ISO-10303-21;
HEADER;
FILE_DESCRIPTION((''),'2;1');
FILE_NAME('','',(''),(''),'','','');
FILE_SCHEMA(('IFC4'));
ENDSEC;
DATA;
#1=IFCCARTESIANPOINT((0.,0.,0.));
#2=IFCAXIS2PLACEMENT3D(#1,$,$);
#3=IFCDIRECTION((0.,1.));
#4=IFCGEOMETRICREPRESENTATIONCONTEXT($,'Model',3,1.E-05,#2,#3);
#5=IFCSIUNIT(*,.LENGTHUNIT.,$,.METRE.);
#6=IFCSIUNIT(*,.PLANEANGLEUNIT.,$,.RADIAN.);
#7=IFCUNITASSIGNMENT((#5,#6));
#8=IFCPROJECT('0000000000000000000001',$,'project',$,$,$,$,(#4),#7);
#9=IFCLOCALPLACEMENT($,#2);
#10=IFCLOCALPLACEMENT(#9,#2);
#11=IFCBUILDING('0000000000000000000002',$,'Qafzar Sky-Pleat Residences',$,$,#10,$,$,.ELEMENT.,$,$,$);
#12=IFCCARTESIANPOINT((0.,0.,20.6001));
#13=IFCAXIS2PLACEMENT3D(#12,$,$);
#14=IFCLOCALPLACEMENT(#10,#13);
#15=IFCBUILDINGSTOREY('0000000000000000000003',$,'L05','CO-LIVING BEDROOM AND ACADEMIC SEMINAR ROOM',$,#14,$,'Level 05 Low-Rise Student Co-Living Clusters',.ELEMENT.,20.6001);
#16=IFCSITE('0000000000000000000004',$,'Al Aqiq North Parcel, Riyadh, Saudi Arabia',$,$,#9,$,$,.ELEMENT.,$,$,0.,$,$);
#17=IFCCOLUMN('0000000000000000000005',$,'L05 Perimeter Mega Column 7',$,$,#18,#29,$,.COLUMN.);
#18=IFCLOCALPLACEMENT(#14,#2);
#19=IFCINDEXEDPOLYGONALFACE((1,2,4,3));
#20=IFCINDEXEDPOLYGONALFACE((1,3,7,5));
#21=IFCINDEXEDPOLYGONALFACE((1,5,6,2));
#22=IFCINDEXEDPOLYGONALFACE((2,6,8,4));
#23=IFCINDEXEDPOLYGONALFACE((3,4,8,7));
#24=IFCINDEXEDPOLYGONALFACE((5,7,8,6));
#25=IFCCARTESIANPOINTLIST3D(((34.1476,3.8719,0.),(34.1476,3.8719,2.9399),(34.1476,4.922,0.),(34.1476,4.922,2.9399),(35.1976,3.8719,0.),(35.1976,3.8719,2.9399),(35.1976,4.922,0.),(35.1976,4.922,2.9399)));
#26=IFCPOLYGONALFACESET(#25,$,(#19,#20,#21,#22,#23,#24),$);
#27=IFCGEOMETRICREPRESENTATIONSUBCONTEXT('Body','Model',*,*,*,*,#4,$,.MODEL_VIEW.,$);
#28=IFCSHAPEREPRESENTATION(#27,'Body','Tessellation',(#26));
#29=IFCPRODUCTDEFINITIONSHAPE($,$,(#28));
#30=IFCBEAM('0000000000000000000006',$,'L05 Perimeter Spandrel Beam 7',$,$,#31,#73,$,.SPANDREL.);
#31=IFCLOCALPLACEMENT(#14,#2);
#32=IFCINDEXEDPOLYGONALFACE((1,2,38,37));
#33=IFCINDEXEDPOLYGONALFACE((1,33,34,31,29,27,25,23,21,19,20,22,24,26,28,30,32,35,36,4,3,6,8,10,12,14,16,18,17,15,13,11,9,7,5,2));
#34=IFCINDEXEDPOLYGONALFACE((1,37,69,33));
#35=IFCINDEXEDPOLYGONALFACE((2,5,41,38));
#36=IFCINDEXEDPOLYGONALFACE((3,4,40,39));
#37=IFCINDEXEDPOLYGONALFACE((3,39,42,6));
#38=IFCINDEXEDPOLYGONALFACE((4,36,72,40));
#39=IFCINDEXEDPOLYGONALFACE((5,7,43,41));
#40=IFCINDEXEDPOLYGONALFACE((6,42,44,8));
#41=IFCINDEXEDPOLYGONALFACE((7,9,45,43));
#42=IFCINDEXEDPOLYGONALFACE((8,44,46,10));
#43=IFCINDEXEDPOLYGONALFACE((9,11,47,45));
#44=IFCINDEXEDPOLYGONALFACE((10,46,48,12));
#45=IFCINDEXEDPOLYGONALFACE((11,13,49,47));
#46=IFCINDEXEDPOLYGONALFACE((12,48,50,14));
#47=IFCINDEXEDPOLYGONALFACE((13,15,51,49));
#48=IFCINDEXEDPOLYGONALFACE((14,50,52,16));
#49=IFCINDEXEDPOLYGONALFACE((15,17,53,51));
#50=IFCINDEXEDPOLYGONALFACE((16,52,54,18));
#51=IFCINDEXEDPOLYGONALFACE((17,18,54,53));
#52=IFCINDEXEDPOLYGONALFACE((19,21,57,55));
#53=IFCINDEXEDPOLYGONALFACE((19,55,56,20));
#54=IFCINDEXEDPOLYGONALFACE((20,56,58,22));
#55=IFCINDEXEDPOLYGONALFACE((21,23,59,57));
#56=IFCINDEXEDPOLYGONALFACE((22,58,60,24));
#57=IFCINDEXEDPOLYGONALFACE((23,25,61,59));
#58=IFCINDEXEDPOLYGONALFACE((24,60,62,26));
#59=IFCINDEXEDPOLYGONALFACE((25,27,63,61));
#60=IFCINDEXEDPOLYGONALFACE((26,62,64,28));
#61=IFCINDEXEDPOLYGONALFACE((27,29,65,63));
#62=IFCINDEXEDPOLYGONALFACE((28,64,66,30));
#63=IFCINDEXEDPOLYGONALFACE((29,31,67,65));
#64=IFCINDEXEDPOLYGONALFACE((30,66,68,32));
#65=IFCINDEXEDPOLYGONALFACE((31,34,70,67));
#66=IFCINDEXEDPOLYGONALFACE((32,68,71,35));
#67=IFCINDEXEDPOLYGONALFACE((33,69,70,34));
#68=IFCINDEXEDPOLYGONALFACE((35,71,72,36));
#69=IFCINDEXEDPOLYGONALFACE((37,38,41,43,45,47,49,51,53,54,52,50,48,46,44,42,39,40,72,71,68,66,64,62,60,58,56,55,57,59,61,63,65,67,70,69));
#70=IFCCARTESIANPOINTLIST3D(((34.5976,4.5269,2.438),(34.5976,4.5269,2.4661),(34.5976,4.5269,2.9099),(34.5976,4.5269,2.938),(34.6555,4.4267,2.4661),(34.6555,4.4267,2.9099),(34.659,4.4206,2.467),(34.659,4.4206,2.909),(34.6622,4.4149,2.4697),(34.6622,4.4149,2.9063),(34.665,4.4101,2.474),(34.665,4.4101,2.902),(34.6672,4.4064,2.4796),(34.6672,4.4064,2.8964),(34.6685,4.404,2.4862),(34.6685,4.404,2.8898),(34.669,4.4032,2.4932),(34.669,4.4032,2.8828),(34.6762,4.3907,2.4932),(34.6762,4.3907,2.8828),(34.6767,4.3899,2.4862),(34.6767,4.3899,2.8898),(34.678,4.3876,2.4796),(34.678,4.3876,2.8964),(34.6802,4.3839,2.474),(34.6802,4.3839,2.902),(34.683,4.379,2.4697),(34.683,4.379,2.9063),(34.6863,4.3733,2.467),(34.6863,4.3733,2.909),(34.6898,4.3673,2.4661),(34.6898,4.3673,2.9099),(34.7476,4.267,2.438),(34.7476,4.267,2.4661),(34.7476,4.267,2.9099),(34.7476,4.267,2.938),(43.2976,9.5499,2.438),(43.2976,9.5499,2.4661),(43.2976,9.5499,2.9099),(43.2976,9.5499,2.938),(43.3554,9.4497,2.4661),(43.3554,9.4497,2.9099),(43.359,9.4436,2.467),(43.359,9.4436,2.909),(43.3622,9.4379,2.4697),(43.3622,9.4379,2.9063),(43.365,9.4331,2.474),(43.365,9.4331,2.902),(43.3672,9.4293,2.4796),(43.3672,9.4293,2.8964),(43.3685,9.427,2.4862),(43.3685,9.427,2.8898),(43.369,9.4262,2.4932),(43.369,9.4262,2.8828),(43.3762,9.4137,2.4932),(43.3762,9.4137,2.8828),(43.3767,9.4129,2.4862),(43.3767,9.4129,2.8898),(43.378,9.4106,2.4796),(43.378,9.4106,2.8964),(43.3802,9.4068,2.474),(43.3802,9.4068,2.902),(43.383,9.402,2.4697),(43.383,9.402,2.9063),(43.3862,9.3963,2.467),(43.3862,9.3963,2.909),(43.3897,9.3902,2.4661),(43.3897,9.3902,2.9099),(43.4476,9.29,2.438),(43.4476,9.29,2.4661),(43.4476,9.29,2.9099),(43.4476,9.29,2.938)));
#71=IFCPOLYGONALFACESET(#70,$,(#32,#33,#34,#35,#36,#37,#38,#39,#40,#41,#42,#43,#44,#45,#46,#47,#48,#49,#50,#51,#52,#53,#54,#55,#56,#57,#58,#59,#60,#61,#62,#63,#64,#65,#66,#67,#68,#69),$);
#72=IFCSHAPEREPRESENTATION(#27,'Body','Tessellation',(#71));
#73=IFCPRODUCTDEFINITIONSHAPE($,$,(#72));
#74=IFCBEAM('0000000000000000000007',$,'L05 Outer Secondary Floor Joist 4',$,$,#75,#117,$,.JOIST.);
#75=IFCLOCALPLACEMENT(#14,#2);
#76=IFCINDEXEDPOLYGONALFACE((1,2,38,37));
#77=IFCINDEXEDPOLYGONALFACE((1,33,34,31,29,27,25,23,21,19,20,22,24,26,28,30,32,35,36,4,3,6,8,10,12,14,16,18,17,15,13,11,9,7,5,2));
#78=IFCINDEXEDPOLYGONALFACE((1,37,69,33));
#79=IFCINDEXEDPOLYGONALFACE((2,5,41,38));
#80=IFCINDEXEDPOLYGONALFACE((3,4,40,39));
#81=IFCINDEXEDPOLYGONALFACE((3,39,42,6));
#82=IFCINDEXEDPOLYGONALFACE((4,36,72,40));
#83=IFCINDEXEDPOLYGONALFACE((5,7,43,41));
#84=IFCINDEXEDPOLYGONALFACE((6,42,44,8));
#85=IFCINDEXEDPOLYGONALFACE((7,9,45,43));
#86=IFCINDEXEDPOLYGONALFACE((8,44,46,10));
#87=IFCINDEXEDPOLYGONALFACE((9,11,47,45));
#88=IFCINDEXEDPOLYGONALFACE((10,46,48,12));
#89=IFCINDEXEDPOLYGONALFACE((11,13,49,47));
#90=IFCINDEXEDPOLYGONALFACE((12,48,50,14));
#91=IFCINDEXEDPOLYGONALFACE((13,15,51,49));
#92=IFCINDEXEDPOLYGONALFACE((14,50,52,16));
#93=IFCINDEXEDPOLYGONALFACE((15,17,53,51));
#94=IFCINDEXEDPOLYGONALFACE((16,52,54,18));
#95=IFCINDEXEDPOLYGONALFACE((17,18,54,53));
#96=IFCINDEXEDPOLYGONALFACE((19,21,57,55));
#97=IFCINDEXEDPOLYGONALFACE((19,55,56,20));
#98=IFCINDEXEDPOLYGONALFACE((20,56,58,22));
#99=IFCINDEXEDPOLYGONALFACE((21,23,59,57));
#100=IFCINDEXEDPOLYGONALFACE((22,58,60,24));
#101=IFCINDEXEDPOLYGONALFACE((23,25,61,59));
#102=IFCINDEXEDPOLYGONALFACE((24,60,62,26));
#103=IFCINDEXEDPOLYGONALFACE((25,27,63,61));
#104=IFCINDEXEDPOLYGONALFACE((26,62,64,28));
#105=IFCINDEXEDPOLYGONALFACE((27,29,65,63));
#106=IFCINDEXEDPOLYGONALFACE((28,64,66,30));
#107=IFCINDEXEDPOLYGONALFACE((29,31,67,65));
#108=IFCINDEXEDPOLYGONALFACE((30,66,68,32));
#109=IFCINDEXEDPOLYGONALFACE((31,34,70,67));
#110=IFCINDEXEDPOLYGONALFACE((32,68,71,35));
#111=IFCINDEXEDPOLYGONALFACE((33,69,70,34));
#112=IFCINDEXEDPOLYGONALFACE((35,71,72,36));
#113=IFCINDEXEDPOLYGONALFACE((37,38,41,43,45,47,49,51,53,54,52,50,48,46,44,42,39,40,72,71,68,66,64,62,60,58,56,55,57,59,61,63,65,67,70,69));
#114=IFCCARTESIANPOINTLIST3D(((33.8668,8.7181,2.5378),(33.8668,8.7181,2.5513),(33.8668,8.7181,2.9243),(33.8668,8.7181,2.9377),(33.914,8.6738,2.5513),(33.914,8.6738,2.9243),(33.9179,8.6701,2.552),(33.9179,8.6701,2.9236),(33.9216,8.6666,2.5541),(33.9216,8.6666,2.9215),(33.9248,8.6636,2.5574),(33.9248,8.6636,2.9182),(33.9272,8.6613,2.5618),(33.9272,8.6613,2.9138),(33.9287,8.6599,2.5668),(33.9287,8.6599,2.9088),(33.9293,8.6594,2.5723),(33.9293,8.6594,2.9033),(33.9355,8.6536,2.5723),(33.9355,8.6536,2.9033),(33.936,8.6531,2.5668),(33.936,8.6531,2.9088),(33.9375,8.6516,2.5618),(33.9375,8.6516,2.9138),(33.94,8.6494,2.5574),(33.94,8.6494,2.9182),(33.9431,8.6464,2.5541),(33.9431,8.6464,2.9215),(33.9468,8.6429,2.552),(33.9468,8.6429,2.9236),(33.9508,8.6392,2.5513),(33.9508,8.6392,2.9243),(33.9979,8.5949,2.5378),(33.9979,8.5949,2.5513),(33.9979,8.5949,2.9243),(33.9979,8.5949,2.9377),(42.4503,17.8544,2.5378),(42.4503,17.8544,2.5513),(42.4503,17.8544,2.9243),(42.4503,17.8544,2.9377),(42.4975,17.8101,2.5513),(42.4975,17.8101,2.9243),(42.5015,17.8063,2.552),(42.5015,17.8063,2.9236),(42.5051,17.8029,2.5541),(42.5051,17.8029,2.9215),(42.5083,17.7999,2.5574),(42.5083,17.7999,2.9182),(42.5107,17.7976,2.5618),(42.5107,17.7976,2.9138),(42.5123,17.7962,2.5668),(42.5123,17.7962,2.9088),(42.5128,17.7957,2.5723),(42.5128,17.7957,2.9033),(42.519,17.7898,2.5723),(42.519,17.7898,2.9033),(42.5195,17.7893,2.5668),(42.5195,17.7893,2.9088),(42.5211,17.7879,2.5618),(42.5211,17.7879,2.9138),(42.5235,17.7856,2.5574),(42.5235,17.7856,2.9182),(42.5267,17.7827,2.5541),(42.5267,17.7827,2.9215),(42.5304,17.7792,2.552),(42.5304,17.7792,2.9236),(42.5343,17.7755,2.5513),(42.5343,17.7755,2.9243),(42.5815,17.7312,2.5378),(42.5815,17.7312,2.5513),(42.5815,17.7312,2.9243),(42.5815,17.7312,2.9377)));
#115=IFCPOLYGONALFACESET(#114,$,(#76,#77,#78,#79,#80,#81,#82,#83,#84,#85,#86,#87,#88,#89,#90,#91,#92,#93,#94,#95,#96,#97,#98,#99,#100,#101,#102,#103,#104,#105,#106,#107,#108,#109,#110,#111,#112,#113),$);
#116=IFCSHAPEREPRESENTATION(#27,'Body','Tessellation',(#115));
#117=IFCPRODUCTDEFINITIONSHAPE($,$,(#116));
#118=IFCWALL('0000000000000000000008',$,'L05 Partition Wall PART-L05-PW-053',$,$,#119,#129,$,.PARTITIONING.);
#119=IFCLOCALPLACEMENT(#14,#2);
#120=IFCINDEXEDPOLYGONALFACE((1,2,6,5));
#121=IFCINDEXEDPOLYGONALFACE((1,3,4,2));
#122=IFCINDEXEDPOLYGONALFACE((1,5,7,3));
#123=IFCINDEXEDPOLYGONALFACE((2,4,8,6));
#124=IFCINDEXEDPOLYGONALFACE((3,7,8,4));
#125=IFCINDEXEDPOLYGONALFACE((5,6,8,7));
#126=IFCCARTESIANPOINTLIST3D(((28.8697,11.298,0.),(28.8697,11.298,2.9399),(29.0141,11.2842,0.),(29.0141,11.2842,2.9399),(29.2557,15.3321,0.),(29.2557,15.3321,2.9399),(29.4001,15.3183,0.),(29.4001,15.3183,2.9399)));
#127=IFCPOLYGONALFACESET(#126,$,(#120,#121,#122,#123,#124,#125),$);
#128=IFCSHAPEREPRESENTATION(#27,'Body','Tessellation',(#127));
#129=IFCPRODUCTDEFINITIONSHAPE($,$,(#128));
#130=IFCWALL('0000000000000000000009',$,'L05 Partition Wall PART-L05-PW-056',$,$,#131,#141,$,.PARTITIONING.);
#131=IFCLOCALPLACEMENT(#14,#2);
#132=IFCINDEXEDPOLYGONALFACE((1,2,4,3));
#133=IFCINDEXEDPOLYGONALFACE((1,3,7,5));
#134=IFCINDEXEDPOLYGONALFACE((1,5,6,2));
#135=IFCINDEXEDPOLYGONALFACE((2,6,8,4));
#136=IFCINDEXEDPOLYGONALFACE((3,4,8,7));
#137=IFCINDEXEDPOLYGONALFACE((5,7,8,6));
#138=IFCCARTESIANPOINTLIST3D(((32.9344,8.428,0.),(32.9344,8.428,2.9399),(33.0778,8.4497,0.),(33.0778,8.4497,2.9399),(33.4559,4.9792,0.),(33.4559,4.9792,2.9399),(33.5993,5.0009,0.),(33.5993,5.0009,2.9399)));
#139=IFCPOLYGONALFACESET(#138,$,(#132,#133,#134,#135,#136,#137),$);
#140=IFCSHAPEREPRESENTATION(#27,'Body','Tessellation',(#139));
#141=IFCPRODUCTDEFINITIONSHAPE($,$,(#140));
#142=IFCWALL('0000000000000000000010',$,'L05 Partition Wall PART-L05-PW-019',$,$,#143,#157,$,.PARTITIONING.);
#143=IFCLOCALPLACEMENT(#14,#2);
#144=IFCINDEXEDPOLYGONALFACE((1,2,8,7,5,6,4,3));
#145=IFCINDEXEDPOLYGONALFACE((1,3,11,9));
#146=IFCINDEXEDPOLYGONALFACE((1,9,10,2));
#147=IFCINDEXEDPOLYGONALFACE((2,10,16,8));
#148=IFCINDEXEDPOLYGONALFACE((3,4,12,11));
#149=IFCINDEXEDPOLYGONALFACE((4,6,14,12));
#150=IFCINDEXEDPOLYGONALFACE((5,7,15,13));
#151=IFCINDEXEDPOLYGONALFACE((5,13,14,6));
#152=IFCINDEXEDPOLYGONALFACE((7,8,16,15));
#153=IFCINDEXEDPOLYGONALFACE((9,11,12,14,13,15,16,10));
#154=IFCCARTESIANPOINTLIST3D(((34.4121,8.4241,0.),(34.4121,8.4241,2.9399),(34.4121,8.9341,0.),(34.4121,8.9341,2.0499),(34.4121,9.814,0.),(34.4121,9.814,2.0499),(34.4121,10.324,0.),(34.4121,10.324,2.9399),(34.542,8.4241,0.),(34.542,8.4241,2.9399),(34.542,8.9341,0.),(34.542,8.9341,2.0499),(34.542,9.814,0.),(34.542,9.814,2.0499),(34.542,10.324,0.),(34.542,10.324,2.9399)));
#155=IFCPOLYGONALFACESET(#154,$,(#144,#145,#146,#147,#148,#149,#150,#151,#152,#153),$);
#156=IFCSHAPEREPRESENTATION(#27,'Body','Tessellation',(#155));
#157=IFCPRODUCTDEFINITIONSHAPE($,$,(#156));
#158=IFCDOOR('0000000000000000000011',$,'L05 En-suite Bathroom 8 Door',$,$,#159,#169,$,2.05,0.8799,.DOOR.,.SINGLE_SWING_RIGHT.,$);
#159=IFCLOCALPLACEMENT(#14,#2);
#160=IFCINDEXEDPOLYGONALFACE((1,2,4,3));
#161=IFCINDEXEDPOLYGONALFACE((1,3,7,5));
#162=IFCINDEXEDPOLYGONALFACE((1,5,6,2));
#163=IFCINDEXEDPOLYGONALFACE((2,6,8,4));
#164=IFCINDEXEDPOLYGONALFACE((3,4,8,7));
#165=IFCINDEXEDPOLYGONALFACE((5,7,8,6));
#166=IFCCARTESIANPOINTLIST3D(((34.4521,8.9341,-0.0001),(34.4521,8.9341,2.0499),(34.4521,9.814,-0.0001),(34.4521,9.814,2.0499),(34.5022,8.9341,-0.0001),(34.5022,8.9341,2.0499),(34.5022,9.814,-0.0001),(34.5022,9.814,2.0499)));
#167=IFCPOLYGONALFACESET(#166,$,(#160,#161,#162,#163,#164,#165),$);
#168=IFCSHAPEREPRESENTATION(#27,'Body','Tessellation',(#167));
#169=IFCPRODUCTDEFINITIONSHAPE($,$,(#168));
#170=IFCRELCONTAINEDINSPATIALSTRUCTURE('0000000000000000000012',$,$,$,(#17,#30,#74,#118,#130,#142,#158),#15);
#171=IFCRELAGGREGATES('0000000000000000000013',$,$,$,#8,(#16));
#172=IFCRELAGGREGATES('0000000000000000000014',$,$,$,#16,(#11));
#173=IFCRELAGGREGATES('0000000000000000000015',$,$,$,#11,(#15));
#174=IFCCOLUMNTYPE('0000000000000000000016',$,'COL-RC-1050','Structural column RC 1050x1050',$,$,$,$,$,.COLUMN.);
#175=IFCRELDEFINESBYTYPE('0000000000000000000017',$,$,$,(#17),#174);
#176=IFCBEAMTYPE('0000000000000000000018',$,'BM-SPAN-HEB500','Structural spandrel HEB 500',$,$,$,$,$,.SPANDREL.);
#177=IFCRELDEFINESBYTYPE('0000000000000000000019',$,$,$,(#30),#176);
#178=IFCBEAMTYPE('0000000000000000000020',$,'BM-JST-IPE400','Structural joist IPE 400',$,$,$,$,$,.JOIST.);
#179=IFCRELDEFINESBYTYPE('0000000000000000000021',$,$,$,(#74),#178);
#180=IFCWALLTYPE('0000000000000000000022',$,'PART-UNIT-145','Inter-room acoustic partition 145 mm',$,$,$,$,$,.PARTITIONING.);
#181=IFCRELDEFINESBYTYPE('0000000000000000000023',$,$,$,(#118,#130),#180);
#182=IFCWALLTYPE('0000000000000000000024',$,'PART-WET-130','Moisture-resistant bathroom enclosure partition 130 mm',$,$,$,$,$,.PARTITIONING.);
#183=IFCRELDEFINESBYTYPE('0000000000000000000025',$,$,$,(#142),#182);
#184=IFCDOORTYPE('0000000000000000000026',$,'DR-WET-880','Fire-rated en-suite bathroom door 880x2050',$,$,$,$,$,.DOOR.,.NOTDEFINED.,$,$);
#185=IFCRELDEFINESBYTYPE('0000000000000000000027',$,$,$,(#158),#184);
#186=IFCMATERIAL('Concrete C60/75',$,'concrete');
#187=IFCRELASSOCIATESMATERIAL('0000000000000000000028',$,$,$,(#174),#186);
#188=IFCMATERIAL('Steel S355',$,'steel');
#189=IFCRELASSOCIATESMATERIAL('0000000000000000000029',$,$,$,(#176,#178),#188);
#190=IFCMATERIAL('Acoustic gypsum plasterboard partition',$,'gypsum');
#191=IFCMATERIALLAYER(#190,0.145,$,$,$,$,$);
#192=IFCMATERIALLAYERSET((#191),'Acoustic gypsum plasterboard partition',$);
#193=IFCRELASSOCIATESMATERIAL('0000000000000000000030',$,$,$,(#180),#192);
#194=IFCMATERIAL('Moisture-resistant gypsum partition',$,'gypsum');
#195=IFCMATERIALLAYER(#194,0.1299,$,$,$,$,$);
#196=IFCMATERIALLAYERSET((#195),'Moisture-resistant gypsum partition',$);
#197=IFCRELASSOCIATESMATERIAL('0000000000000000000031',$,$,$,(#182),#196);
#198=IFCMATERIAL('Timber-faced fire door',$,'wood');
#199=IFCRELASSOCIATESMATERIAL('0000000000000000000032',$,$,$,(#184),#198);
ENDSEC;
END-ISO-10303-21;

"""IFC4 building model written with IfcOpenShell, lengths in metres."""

from ifc_helpers import new_model, si_unit, direction, frame, frame_2d, origin, origin_2d, place, context, subcontext, project, spatial, rectangle, i_section, extrude, source, transform, mapped, material, layer, layer_set, material_profile, profile_set, type_object, element, fill, save


model = new_model("IFC4")

# Units and contexts
model_context = context("Model", 3, precision=1e-05, world=origin(), true_north=direction((0.0, 1.0)))
body_context = subcontext(model_context, "Body", "Model", "MODEL_VIEW")
ifc_project = project(units=[si_unit("LENGTHUNIT", "METRE"), si_unit("PLANEANGLEUNIT", "RADIAN")], contexts=[model_context])

# Site, building, storey
site_placement = place(None, origin())
site = spatial("IfcSite", under=ifc_project, at=site_placement, Name="Al Aqiq North Parcel, Riyadh, Saudi Arabia", CompositionType="ELEMENT", RefElevation=0.0)
building_placement = place(site_placement, origin())
building = spatial("IfcBuilding", under=site, at=building_placement, Name="Qafzar Sky-Pleat Residences", CompositionType="ELEMENT")
storey_placement = place(building_placement, frame((0.0, 0.0, 20.6001)))
storey = spatial("IfcBuildingStorey", under=building, at=storey_placement, Name="L05", Description="CO-LIVING BEDROOM AND ACADEMIC SEMINAR ROOM", LongName="Level 05 Low-Rise Student Co-Living Clusters", CompositionType="ELEMENT", Elevation=20.6001)

# Column
ifc_material_1 = material(Name="Concrete C60/75", Category="concrete")
ifc_material_profile_1 = material_profile(ifc_material_1, rectangle(XDim=1.05, YDim=1.05, at=origin_2d()), Name="RC 1050x1050")
ifc_profile_set_1 = profile_set([ifc_material_profile_1], Name="Concrete C60/75")
column_type = type_object("IfcColumnType", Name="COL-RC-1050", Description="Structural column RC 1050x1050", PredefinedType="COLUMN", material=ifc_profile_set_1)
shared_shape_1 = source(origin(), body_context, "Body", "SweptSolid", [
    extrude(rectangle(XDim=1.05, YDim=1.05, at=origin_2d()), origin(), (0.0, 0.0, 1.0), 2.9399),
])
column_placement = place(storey_placement, frame((34.6726, 4.397, 0.0), z_axis=(0.0, 0.0, 1.0), x_axis=(1.0, 0.0, 0.0)))
element("IfcColumn", 1, at=column_placement, inside=storey, type_object=column_type, Name="L05 Perimeter Mega Column 7", PredefinedType="COLUMN", context=body_context, shape_type="MappedRepresentation", body=[
    mapped(shared_shape_1, transform((0.0, 0.0, 0.0), x_axis=(1.0, 0.0, 0.0), y_axis=(0.0, 1.0, 0.0), z_axis=(0.0, 0.0, 1.0), scale=1.0)),
])

# Beams
ifc_material_2 = material(Name="Steel S355", Category="steel")
ifc_material_profile_2 = material_profile(ifc_material_2, i_section(OverallWidth=0.3, OverallDepth=0.5, WebThickness=0.0144, FlangeThickness=0.0281, FilletRadius=0.0271, at=origin_2d()), Name="HEB 500")
ifc_profile_set_2 = profile_set([ifc_material_profile_2], Name="Steel S355")
beam_type_1 = type_object("IfcBeamType", Name="BM-SPAN-HEB500", Description="Structural spandrel HEB 500", PredefinedType="SPANDREL", material=ifc_profile_set_2)
shared_shape_2 = source(origin(), body_context, "Body", "SweptSolid", [
    extrude(i_section(OverallWidth=0.3, OverallDepth=0.5, WebThickness=0.0144, FlangeThickness=0.0281, FilletRadius=0.0271, at=origin_2d()), origin(), (0.0, 0.0, 1.0), 10.0459),
])
beam_1_placement = place(storey_placement, frame((34.6726, 4.397, 2.688), z_axis=(0.866024, 0.500002, 0.0), x_axis=(-0.500002, 0.866024, 0.0)))
element("IfcBeam", 2, at=beam_1_placement, inside=storey, type_object=beam_type_1, Name="L05 Perimeter Spandrel Beam 7", PredefinedType="SPANDREL", context=body_context, shape_type="MappedRepresentation", body=[
    mapped(shared_shape_2, transform((0.0, 0.0, 0.0), x_axis=(1.0, 0.0, 0.0), y_axis=(0.0, 1.0, 0.0), z_axis=(0.0, 0.0, 1.0), scale=1.0)),
])
ifc_material_profile_3 = material_profile(ifc_material_2, i_section(OverallWidth=0.1799, OverallDepth=0.3999, WebThickness=0.0085, FlangeThickness=0.0134, FilletRadius=0.021, at=origin_2d()), Name="IPE 400")
ifc_profile_set_3 = profile_set([ifc_material_profile_3], Name="Steel S355")
beam_type_2 = type_object("IfcBeamType", Name="BM-JST-IPE400", Description="Structural joist IPE 400", PredefinedType="JOIST", material=ifc_profile_set_3)
shared_shape_3 = source(origin(), body_context, "Body", "SweptSolid", [
    extrude(i_section(OverallWidth=0.1799, OverallDepth=0.3999, WebThickness=0.0085, FlangeThickness=0.0134, FilletRadius=0.021, at=origin_2d()), origin(), (0.0, 0.0, 1.0), 12.5359),
])
beam_2_placement = place(storey_placement, frame((33.9324, 8.6565, 2.7378), z_axis=(0.684717, 0.728809, 0.0), x_axis=(-0.728809, 0.684717, 0.0)))
element("IfcBeam", 3, at=beam_2_placement, inside=storey, type_object=beam_type_2, Name="L05 Outer Secondary Floor Joist 4", PredefinedType="JOIST", context=body_context, shape_type="MappedRepresentation", body=[
    mapped(shared_shape_3, transform((0.0, 0.0, 0.0), x_axis=(1.0, 0.0, 0.0), y_axis=(0.0, 1.0, 0.0), z_axis=(0.0, 0.0, 1.0), scale=1.0)),
])

# Walls
ifc_material_3 = material(Name="Acoustic gypsum plasterboard partition", Category="gypsum")
ifc_layer_1 = layer(ifc_material_3, 0.145)
ifc_layer_set_1 = layer_set([ifc_layer_1], Name="Acoustic gypsum plasterboard partition")
wall_type_1 = type_object("IfcWallType", Name="PART-UNIT-145", Description="Inter-room acoustic partition 145 mm", PredefinedType="PARTITIONING", material=ifc_layer_set_1)
wall_1_placement = place(storey_placement, frame((28.9419, 11.291, 0.0), z_axis=(0.0, 0.0, 1.0), x_axis=(0.095244, 0.995454, 0.0)))
element("IfcWall", 4, at=wall_1_placement, inside=storey, type_object=wall_type_1, Name="L05 Partition Wall PART-L05-PW-053", PredefinedType="PARTITIONING", context=body_context, shape_type="SweptSolid", body=[
    extrude(rectangle(XDim=4.0525, YDim=0.145, at=frame_2d((2.0264, 0.0))), origin(), (0.0, 0.0, 1.0), 2.9399),
])
wall_2_placement = place(storey_placement, frame((33.0061, 8.439, 0.0), z_axis=(0.0, 0.0, 1.0), x_axis=(0.149511, -0.98876, 0.0)))
element("IfcWall", 5, at=wall_2_placement, inside=storey, type_object=wall_type_1, Name="L05 Partition Wall PART-L05-PW-056", PredefinedType="PARTITIONING", context=body_context, shape_type="SweptSolid", body=[
    extrude(rectangle(XDim=3.488, YDim=0.145, at=frame_2d((1.7441, 0.0))), origin(), (0.0, 0.0, 1.0), 2.9399),
])

# Wall, opening, door
ifc_material_4 = material(Name="Moisture-resistant gypsum partition", Category="gypsum")
ifc_layer_2 = layer(ifc_material_4, 0.1299)
ifc_layer_set_2 = layer_set([ifc_layer_2], Name="Moisture-resistant gypsum partition")
wall_type_2 = type_object("IfcWallType", Name="PART-WET-130", Description="Moisture-resistant bathroom enclosure partition 130 mm", PredefinedType="PARTITIONING", material=ifc_layer_set_2)
wall_3_placement = place(storey_placement, frame((34.4771, 8.4241, 0.0), z_axis=(0.0, 0.0, 1.0), x_axis=(0.0, 1.0, 0.0)))
wall_3 = element("IfcWall", 6, at=wall_3_placement, inside=storey, type_object=wall_type_2, Name="L05 Partition Wall PART-L05-PW-019", PredefinedType="PARTITIONING", context=body_context, shape_type="SweptSolid", body=[
    extrude(rectangle(XDim=1.8999, YDim=0.1299, at=frame_2d((0.95, 0.0))), origin(), (0.0, 0.0, 1.0), 2.9399),
])
opening_1_placement = place(wall_3_placement, frame((0.51, 0.0, 0.0)))
opening_1 = element("IfcOpeningElement", 7, at=opening_1_placement, cuts=wall_3, PredefinedType="OPENING", context=body_context, shape_type="SweptSolid", body=[
    extrude(rectangle(XDim=0.8799, YDim=2.05, at=frame_2d((0.4399, 1.0249))), frame((0.0, 0.075, 0.0), z_axis=(0.0, -1.0, 0.0), x_axis=(1.0, 0.0, 0.0)), (0.0, 0.0, 1.0), 0.1499),
])
ifc_material_5 = material(Name="Timber-faced fire door", Category="wood")
door_type = type_object("IfcDoorType", Name="DR-WET-880", Description="Fire-rated en-suite bathroom door 880x2050", OperationType="NOTDEFINED", PredefinedType="DOOR", material=ifc_material_5)
shared_shape_4 = source(origin(), body_context, "Body", "SweptSolid", [
    extrude(rectangle(XDim=0.8799, YDim=2.05, at=frame_2d((0.4399, 1.0249))), frame((0.0, 0.0249, 0.0), z_axis=(0.0, -1.0, 0.0), x_axis=(1.0, 0.0, 0.0)), (0.0, 0.0, 1.0), 0.05),
])
door_1_placement = place(opening_1_placement, origin())
door_1 = element("IfcDoor", 8, at=door_1_placement, inside=storey, type_object=door_type, Name="L05 En-suite Bathroom 8 Door", OperationType="SINGLE_SWING_RIGHT", OverallHeight=2.05, OverallWidth=0.8799, PredefinedType="DOOR", context=body_context, shape_type="MappedRepresentation", body=[
    mapped(shared_shape_4, transform((0.0, 0.0, 0.0), x_axis=(1.0, 0.0, 0.0), y_axis=(0.0, 1.0, 0.0), z_axis=(0.0, 0.0, 1.0), scale=1.0)),
])
fill(opening_1, door_1)

save(model, "model.ifc")
